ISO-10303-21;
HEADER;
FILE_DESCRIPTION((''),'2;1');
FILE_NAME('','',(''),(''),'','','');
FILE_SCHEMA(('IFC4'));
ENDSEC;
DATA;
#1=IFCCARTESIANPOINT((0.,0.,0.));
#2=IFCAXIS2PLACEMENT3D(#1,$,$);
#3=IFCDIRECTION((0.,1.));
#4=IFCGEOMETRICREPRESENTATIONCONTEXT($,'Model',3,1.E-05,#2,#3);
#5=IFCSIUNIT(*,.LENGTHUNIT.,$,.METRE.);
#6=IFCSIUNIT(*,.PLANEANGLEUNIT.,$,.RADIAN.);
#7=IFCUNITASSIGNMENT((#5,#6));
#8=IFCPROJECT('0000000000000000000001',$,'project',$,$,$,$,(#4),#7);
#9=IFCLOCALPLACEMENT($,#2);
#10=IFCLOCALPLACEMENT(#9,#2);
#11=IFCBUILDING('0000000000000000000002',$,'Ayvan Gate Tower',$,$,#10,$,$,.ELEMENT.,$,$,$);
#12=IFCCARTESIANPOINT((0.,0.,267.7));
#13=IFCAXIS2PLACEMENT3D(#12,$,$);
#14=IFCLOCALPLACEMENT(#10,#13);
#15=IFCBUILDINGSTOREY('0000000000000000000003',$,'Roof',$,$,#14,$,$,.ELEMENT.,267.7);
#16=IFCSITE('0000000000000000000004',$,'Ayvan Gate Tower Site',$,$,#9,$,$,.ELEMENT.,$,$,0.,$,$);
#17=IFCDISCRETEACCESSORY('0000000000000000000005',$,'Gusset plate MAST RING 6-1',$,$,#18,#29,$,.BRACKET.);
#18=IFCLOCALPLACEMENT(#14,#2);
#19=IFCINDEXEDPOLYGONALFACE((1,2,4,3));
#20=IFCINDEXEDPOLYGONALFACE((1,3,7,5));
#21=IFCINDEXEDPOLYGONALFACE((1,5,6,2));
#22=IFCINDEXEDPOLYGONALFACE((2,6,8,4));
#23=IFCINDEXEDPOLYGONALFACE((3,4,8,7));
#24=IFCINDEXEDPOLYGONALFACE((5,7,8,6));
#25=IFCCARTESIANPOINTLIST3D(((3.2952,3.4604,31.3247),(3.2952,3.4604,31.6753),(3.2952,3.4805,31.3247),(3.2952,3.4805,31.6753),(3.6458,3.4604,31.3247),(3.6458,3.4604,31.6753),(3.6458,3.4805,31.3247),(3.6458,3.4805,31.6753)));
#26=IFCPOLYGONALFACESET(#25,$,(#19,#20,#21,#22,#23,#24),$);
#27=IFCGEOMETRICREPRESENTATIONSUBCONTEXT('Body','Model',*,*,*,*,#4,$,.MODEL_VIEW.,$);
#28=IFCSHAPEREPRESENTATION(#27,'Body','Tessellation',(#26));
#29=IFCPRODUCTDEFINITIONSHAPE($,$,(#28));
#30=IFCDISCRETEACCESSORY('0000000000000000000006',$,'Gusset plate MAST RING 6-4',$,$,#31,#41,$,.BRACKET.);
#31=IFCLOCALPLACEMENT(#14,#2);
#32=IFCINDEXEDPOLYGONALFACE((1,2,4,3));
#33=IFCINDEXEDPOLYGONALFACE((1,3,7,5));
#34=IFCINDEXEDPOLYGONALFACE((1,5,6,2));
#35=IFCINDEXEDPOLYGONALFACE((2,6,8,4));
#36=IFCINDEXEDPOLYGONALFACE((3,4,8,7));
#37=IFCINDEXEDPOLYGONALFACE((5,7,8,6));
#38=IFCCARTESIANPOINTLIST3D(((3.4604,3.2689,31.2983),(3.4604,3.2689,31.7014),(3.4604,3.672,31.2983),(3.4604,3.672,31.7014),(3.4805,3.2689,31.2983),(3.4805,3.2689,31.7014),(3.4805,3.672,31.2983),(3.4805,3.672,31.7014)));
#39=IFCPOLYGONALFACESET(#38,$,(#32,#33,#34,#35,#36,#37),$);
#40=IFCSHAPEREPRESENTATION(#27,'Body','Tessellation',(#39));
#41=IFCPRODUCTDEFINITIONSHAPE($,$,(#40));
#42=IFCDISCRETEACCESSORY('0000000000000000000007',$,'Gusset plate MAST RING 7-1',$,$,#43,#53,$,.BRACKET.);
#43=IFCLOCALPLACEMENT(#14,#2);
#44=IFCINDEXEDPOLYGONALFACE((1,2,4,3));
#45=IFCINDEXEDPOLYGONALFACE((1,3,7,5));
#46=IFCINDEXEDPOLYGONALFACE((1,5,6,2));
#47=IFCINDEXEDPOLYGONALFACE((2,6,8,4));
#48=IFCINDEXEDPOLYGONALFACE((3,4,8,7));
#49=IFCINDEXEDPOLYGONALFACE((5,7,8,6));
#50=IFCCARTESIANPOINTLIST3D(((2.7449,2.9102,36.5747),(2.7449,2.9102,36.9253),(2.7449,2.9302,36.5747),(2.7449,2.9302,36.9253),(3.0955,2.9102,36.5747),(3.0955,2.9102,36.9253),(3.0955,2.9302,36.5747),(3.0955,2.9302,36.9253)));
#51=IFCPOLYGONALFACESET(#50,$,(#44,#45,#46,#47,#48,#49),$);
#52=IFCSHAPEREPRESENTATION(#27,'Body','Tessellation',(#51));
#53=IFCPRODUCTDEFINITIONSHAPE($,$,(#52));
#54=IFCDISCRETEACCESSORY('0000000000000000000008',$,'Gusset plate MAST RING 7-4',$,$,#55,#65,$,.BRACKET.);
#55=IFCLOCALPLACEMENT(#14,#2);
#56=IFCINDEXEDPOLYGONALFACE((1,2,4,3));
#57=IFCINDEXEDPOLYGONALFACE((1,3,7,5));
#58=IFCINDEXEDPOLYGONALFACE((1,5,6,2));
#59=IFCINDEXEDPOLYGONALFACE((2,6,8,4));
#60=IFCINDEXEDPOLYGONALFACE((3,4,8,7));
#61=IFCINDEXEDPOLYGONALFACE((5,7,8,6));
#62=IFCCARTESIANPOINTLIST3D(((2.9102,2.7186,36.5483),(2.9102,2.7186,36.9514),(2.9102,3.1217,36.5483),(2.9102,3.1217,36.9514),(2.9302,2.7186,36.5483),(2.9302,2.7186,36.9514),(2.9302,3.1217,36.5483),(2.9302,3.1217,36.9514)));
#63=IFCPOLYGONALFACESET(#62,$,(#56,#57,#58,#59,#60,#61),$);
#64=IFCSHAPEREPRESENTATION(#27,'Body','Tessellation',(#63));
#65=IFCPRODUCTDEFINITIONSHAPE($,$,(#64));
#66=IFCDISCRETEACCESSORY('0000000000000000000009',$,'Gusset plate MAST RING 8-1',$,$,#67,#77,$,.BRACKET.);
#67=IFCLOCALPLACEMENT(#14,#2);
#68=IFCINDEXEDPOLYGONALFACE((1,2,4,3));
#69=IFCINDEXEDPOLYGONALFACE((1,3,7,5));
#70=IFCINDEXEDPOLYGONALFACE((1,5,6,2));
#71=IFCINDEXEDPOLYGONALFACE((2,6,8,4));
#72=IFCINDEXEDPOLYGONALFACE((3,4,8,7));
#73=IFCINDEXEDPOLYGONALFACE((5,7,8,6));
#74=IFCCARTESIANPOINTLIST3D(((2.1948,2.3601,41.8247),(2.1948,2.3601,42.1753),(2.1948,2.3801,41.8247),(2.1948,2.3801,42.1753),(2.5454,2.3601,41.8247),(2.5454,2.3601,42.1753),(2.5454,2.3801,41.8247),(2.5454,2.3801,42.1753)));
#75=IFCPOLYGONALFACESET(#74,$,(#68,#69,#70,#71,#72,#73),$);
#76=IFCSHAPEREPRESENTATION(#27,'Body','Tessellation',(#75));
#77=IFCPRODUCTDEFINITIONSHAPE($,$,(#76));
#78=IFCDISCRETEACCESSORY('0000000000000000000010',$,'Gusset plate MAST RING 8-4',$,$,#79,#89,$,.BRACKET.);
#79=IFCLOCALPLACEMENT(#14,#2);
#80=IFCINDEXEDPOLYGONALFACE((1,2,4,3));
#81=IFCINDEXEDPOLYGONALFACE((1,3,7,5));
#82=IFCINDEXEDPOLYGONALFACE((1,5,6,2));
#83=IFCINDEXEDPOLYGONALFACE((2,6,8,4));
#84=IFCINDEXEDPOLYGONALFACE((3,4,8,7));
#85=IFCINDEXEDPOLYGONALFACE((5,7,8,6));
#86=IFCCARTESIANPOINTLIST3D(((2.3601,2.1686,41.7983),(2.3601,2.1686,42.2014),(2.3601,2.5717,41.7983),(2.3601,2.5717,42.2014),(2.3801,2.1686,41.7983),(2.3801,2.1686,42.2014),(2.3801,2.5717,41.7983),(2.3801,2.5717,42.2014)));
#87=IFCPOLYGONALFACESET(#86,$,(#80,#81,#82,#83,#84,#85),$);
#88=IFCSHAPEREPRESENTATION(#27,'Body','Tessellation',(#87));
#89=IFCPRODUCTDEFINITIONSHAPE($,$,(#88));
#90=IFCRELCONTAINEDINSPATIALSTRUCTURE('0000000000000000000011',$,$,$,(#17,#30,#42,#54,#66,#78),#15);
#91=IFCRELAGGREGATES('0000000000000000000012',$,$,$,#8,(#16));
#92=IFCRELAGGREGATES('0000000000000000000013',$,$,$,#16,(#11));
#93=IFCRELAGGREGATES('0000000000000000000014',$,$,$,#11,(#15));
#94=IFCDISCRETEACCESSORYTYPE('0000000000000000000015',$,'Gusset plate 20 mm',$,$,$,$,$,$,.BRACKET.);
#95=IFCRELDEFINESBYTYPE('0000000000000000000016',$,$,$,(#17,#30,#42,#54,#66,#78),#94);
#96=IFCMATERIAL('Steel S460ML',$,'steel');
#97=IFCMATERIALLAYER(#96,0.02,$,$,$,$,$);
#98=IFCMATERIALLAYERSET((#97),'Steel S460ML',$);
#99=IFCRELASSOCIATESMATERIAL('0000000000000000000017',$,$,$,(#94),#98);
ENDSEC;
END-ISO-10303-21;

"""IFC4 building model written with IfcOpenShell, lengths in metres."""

from ifc_helpers import new_model, si_unit, direction, frame, origin, origin_2d, place, context, subcontext, project, spatial, rectangle, extrude, material, layer, layer_set, type_object, element, save


model = new_model("IFC4")

# Units and contexts
model_context = context("Model", 3, precision=1e-05, world=origin(), true_north=direction((0.0, 1.0)))
body_context = subcontext(model_context, "Body", "Model", "MODEL_VIEW")
ifc_project = project(units=[si_unit("LENGTHUNIT", "METRE"), si_unit("PLANEANGLEUNIT", "RADIAN")], contexts=[model_context])

# Site, building, storey
site_placement = place(None, origin())
site = spatial("IfcSite", under=ifc_project, at=site_placement, Name="Ayvan Gate Tower Site", CompositionType="ELEMENT", RefElevation=0.0)
building_placement = place(site_placement, origin())
building = spatial("IfcBuilding", under=site, at=building_placement, Name="Ayvan Gate Tower", CompositionType="ELEMENT")
storey_placement = place(building_placement, frame((0.0, 0.0, 267.7)))
storey = spatial("IfcBuildingStorey", under=building, at=storey_placement, Name="Roof", CompositionType="ELEMENT", Elevation=267.7)

# Discrete accessories
ifc_material_1 = material(Name="Steel S460ML", Category="steel")
ifc_layer = layer(ifc_material_1, 0.02)
ifc_layer_set = layer_set([ifc_layer], Name="Steel S460ML")
discrete_accessory_type = type_object("IfcDiscreteAccessoryType", Name="Gusset plate 20 mm", PredefinedType="BRACKET", material=ifc_layer_set)
discrete_accessory_1_placement = place(storey_placement, frame((3.4705, 3.4705, 31.3247), z_axis=(0.0, 0.0, 1.0), x_axis=(1.0, 0.0, 0.0)))
element("IfcDiscreteAccessory", 1, at=discrete_accessory_1_placement, inside=storey, type_object=discrete_accessory_type, Name="Gusset plate MAST RING 6-1", PredefinedType="BRACKET", context=body_context, shape_type="SweptSolid", body=[
    extrude(rectangle(XDim=0.3506, YDim=0.02, at=origin_2d()), origin(), (0.0, 0.0, 1.0), 0.3506),
])
discrete_accessory_2_placement = place(storey_placement, frame((3.4705, 3.4705, 31.2983), z_axis=(0.0, 0.0, 1.0), x_axis=(0.0, 1.0, 0.0)))
element("IfcDiscreteAccessory", 2, at=discrete_accessory_2_placement, inside=storey, type_object=discrete_accessory_type, Name="Gusset plate MAST RING 6-4", PredefinedType="BRACKET", context=body_context, shape_type="SweptSolid", body=[
    extrude(rectangle(XDim=0.4031, YDim=0.02, at=origin_2d()), origin(), (0.0, 0.0, 1.0), 0.4031),
])
discrete_accessory_3_placement = place(storey_placement, frame((2.9202, 2.9202, 36.5747), z_axis=(0.0, 0.0, 1.0), x_axis=(1.0, 0.0, 0.0)))
element("IfcDiscreteAccessory", 3, at=discrete_accessory_3_placement, inside=storey, type_object=discrete_accessory_type, Name="Gusset plate MAST RING 7-1", PredefinedType="BRACKET", context=body_context, shape_type="SweptSolid", body=[
    extrude(rectangle(XDim=0.3506, YDim=0.02, at=origin_2d()), origin(), (0.0, 0.0, 1.0), 0.3506),
])
discrete_accessory_4_placement = place(storey_placement, frame((2.9202, 2.9202, 36.5483), z_axis=(0.0, 0.0, 1.0), x_axis=(0.0, 1.0, 0.0)))
element("IfcDiscreteAccessory", 4, at=discrete_accessory_4_placement, inside=storey, type_object=discrete_accessory_type, Name="Gusset plate MAST RING 7-4", PredefinedType="BRACKET", context=body_context, shape_type="SweptSolid", body=[
    extrude(rectangle(XDim=0.4031, YDim=0.02, at=origin_2d()), origin(), (0.0, 0.0, 1.0), 0.4031),
])
discrete_accessory_5_placement = place(storey_placement, frame((2.3701, 2.3701, 41.8247), z_axis=(0.0, 0.0, 1.0), x_axis=(1.0, 0.0, 0.0)))
element("IfcDiscreteAccessory", 5, at=discrete_accessory_5_placement, inside=storey, type_object=discrete_accessory_type, Name="Gusset plate MAST RING 8-1", PredefinedType="BRACKET", context=body_context, shape_type="SweptSolid", body=[
    extrude(rectangle(XDim=0.3506, YDim=0.02, at=origin_2d()), origin(), (0.0, 0.0, 1.0), 0.3506),
])
discrete_accessory_6_placement = place(storey_placement, frame((2.3701, 2.3701, 41.7983), z_axis=(0.0, 0.0, 1.0), x_axis=(0.0, 1.0, 0.0)))
element("IfcDiscreteAccessory", 6, at=discrete_accessory_6_placement, inside=storey, type_object=discrete_accessory_type, Name="Gusset plate MAST RING 8-4", PredefinedType="BRACKET", context=body_context, shape_type="SweptSolid", body=[
    extrude(rectangle(XDim=0.4031, YDim=0.02, at=origin_2d()), origin(), (0.0, 0.0, 1.0), 0.4031),
])

save(model, "model.ifc")
